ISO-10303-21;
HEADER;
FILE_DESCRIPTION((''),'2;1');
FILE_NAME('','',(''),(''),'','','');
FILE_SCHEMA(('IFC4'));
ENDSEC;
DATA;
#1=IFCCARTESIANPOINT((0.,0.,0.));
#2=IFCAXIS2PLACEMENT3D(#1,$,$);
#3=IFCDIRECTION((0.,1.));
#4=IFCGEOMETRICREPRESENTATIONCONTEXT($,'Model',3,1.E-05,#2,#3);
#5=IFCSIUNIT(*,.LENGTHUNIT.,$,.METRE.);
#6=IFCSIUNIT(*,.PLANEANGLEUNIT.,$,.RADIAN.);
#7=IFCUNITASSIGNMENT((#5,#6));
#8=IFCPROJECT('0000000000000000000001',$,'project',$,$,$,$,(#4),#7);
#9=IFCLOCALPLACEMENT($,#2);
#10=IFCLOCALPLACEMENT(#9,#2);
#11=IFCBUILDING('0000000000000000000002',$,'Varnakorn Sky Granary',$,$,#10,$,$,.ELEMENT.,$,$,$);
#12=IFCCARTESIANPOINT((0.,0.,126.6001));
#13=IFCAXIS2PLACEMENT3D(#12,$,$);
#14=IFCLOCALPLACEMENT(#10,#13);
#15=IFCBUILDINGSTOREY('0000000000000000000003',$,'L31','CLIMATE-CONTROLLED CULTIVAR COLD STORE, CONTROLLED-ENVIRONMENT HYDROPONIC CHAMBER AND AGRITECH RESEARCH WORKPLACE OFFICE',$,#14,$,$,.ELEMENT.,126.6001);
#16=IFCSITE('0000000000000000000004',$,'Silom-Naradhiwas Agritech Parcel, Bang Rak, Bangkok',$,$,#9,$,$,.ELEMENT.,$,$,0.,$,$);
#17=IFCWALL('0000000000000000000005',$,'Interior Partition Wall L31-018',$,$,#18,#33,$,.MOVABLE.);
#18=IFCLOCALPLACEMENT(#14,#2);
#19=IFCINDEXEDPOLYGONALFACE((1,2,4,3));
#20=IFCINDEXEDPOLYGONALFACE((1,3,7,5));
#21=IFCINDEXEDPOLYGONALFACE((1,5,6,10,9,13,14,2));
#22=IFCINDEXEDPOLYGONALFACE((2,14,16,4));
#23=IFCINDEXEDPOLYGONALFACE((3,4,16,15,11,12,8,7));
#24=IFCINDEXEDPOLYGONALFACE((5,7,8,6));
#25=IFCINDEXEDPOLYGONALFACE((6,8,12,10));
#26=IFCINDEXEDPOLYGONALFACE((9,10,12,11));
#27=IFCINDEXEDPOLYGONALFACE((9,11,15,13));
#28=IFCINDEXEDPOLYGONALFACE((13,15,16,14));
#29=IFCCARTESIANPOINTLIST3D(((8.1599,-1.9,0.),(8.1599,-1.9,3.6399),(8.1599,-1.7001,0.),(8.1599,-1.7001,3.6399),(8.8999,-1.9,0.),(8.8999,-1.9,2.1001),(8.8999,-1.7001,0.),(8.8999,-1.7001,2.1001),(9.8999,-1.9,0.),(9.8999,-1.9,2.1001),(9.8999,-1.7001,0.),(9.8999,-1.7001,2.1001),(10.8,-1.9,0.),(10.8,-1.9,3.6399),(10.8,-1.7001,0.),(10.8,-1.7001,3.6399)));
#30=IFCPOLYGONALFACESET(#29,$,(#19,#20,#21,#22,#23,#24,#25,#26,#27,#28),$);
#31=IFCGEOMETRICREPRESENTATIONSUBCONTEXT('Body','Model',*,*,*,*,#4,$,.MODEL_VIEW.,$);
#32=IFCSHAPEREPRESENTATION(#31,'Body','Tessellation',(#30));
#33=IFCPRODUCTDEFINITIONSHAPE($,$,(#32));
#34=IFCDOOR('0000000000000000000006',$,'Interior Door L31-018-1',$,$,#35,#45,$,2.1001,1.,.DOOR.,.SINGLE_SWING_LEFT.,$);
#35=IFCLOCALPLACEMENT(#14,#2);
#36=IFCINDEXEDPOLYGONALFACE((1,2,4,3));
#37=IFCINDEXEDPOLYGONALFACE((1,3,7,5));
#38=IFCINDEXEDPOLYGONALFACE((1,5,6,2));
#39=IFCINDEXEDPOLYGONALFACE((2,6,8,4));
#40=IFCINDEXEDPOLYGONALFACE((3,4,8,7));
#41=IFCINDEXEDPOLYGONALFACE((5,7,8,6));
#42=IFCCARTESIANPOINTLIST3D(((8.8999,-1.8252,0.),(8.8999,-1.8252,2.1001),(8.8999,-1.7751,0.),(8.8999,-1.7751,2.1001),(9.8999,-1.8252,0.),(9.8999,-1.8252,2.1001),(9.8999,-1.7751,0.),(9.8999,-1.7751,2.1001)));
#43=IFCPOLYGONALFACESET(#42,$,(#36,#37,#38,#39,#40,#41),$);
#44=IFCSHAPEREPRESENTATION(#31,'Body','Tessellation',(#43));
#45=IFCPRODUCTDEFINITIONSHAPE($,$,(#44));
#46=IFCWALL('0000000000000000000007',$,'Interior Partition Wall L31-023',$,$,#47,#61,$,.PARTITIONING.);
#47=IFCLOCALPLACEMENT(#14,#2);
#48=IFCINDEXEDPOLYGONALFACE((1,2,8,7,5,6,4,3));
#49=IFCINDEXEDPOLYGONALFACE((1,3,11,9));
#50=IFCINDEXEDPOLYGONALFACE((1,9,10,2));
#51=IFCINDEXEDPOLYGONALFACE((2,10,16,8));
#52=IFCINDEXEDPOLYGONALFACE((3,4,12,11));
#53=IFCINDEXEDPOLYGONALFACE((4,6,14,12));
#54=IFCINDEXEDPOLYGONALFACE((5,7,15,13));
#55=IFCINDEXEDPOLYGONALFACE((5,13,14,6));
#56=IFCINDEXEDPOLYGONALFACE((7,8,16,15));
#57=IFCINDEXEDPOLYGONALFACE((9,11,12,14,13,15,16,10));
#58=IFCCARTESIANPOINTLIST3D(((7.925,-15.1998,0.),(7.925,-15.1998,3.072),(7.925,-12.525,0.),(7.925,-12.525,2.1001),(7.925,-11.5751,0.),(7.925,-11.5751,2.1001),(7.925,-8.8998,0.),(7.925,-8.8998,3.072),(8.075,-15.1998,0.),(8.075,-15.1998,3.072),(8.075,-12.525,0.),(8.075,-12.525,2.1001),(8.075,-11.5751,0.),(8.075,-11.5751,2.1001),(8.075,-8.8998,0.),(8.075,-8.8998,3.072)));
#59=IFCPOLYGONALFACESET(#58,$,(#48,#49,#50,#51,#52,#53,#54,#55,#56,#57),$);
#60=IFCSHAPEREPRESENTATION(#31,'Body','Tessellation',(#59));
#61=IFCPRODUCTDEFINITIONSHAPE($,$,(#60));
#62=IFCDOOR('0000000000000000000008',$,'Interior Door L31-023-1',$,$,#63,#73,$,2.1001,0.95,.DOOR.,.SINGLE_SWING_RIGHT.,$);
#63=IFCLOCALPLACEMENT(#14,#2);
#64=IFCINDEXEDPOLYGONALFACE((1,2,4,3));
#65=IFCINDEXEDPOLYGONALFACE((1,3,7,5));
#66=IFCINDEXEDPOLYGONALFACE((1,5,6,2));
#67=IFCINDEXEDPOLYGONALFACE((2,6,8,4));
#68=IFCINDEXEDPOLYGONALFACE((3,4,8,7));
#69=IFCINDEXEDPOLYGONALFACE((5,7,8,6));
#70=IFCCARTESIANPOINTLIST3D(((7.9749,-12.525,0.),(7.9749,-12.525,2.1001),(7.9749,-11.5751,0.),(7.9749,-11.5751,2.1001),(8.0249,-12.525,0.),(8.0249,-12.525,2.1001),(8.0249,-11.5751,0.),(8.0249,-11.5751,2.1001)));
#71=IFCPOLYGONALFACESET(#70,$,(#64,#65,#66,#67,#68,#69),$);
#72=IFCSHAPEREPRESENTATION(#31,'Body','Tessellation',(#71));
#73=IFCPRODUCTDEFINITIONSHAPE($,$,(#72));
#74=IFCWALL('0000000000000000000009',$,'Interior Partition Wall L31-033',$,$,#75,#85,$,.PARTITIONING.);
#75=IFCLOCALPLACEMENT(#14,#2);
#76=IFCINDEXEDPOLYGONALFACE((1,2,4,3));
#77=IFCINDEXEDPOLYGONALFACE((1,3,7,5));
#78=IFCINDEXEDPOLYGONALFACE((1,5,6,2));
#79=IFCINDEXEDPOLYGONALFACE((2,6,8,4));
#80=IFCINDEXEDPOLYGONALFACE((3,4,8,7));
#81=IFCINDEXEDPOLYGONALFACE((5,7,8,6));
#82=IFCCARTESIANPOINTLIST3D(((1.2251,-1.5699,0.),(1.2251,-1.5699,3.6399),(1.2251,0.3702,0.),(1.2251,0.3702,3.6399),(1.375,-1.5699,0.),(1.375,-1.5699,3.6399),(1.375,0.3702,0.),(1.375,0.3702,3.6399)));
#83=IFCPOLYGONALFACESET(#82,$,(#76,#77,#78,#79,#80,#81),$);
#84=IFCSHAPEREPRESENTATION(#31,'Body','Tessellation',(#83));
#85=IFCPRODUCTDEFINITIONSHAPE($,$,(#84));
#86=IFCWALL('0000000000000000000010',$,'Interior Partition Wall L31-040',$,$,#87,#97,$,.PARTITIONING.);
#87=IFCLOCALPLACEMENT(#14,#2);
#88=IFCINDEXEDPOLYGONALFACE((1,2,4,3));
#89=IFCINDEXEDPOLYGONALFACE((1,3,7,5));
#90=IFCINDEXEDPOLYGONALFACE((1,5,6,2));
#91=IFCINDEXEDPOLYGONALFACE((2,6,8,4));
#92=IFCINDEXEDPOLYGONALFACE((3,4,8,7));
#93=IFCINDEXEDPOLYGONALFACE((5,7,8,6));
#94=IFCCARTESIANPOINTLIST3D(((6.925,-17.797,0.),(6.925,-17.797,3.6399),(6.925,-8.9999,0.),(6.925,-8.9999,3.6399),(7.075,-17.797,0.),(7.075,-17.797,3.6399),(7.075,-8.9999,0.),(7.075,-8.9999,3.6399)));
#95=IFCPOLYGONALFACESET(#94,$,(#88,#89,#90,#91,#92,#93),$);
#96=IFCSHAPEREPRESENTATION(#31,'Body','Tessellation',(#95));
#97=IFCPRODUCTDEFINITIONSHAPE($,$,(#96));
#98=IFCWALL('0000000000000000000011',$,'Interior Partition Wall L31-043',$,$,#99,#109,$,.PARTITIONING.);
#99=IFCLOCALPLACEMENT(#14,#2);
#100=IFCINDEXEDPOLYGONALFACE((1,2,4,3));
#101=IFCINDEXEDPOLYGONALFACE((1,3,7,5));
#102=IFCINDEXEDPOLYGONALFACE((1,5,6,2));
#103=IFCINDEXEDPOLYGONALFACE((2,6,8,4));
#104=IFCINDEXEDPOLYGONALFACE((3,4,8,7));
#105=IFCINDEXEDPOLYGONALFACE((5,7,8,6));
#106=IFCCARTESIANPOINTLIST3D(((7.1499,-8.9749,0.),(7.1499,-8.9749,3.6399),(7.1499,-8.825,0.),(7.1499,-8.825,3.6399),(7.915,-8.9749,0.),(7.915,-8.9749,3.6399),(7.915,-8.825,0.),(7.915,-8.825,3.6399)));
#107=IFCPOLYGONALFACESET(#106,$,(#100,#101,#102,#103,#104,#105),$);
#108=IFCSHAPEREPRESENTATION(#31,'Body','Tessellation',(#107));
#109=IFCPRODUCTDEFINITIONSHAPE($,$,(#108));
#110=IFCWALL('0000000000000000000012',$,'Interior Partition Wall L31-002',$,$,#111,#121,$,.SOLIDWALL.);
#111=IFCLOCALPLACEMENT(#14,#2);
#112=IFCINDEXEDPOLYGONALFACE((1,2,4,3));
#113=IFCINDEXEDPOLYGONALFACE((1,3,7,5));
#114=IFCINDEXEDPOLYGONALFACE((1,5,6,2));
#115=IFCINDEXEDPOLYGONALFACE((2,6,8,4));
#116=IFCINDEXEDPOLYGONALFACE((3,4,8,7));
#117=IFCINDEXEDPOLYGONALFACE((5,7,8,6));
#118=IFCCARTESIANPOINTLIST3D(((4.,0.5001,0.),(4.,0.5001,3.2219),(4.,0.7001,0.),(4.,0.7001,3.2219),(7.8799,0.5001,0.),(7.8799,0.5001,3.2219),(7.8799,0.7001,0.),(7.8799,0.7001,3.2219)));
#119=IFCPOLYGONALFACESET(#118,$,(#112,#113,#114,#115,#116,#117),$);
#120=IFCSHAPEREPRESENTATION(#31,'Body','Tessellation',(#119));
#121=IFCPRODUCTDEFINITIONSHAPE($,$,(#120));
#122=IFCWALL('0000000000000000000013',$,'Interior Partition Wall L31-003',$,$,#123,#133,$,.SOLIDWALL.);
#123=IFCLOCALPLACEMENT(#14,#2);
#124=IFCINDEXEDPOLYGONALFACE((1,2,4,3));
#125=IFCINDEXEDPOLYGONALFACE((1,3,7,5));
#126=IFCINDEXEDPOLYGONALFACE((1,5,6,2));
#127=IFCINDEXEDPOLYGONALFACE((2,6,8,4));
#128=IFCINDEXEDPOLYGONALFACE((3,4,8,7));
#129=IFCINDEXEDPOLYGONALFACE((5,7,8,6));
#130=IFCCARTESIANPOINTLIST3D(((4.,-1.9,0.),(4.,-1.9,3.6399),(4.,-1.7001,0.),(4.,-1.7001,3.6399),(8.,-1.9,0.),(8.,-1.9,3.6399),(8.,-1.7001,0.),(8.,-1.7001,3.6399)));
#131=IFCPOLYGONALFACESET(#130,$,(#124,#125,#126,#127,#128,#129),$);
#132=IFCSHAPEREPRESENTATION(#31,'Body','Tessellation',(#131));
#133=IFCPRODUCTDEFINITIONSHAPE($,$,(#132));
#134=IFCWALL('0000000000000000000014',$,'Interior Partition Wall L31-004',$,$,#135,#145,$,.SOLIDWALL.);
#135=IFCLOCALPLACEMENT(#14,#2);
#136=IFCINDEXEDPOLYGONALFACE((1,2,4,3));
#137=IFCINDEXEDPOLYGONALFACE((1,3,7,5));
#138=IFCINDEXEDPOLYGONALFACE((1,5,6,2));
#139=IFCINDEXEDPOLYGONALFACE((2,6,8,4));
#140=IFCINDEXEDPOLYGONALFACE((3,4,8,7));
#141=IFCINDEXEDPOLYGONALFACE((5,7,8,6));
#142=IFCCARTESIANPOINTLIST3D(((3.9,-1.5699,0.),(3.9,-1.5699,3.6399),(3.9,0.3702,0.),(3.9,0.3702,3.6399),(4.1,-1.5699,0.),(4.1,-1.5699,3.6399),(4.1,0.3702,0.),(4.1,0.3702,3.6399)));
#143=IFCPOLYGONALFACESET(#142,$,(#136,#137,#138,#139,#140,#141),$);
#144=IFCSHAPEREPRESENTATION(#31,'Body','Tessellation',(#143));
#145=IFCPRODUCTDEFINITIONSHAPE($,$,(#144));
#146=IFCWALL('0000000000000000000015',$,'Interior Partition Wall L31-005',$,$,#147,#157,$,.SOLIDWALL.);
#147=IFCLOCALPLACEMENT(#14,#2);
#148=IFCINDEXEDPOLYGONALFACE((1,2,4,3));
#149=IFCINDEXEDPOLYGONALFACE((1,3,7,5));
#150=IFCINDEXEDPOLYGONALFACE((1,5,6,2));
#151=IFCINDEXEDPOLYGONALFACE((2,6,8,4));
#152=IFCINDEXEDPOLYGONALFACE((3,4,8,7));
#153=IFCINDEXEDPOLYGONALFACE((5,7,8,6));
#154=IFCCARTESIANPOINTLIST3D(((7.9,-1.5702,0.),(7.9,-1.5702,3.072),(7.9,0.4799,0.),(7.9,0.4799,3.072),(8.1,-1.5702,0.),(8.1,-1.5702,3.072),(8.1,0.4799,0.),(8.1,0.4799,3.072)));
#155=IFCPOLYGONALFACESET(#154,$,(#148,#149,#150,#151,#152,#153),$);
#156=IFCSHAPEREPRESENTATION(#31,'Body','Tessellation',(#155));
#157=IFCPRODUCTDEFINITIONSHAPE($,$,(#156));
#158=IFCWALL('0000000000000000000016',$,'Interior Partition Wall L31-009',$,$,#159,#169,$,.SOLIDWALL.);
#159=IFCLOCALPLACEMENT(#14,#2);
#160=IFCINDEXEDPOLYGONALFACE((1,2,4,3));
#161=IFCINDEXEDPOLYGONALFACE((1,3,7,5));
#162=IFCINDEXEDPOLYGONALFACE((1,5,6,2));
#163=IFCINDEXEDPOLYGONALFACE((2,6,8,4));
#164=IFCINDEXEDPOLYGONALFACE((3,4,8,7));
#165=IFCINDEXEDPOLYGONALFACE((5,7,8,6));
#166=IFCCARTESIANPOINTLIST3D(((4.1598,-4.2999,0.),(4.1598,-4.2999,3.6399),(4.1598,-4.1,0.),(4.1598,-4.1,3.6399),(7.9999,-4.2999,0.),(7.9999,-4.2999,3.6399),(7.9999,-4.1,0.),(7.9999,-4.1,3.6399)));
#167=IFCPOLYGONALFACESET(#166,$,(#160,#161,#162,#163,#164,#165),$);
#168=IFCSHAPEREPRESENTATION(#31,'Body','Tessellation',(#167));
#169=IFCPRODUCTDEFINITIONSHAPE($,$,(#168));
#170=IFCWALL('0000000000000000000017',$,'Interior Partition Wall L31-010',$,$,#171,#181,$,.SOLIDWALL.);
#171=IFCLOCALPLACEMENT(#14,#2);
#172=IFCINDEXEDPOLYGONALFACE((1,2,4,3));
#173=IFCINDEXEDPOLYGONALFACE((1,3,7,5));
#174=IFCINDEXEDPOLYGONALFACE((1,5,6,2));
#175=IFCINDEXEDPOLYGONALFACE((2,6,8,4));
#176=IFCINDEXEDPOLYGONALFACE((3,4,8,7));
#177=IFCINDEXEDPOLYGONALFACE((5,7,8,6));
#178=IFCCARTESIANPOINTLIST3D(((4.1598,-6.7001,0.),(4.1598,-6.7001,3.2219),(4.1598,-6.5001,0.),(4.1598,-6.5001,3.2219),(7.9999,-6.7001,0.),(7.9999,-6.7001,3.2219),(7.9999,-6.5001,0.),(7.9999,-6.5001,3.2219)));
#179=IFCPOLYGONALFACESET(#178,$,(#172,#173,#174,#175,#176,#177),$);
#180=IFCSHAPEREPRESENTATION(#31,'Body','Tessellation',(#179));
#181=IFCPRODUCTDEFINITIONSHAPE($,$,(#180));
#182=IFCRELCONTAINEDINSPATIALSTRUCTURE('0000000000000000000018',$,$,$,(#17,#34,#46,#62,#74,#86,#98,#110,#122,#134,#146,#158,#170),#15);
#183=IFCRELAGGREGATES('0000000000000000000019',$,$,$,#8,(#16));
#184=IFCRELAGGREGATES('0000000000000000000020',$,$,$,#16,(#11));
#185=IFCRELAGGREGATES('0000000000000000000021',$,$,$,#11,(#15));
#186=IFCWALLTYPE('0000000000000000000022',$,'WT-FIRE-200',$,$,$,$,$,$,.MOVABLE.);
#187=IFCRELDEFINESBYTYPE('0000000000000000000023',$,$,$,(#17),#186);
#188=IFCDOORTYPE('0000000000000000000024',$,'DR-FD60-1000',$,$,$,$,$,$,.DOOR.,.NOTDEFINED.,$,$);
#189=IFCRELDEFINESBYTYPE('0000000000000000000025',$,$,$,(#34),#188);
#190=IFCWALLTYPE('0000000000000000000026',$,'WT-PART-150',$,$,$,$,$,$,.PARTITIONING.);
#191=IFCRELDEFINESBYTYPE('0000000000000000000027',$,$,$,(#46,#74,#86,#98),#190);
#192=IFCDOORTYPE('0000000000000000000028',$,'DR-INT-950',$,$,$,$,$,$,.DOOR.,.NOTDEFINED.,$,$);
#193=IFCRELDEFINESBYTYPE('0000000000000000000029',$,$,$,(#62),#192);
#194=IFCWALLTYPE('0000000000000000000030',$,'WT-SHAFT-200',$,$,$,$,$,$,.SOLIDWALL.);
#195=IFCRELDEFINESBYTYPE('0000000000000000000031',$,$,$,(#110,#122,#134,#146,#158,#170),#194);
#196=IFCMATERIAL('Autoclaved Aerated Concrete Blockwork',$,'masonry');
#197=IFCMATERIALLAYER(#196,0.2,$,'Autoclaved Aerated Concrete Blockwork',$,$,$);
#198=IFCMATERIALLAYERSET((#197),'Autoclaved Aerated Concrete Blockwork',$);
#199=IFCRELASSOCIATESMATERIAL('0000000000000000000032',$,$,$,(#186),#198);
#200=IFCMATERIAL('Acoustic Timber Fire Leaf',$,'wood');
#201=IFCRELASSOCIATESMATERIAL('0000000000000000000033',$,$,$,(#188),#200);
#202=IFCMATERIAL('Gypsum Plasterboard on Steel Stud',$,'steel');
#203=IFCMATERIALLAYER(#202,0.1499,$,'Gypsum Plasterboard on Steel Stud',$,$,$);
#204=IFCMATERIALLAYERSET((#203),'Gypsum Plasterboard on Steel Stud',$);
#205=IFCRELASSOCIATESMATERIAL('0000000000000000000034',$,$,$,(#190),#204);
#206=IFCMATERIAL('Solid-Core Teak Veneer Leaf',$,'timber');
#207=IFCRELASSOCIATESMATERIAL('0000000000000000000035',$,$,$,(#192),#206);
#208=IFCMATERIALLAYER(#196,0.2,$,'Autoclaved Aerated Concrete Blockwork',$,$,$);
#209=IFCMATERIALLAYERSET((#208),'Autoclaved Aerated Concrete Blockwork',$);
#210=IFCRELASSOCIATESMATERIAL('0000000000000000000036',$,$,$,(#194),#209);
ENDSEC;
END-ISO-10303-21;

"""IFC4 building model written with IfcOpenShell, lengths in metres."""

from ifc_helpers import new_model, si_unit, direction, frame, frame_2d, origin, place, context, subcontext, project, spatial, rectangle, extrude, material, layer, layer_set, type_object, element, fill, save


model = new_model("IFC4")

# Units and contexts
model_context = context("Model", 3, precision=1e-05, world=origin(), true_north=direction((0.0, 1.0)))
body_context = subcontext(model_context, "Body", "Model", "MODEL_VIEW")
ifc_project = project(units=[si_unit("LENGTHUNIT", "METRE"), si_unit("PLANEANGLEUNIT", "RADIAN")], contexts=[model_context])

# Site, building, storey
site_placement = place(None, origin())
site = spatial("IfcSite", under=ifc_project, at=site_placement, Name="Silom-Naradhiwas Agritech Parcel, Bang Rak, Bangkok", CompositionType="ELEMENT", RefElevation=0.0)
building_placement = place(site_placement, origin())
building = spatial("IfcBuilding", under=site, at=building_placement, Name="Varnakorn Sky Granary", CompositionType="ELEMENT")
storey_placement = place(building_placement, frame((0.0, 0.0, 126.6001)))
storey = spatial("IfcBuildingStorey", under=building, at=storey_placement, Name="L31", Description="CLIMATE-CONTROLLED CULTIVAR COLD STORE, CONTROLLED-ENVIRONMENT HYDROPONIC CHAMBER AND AGRITECH RESEARCH WORKPLACE OFFICE", CompositionType="ELEMENT", Elevation=126.6001)

# Walls, openings, doors
ifc_material_1 = material(Name="Autoclaved Aerated Concrete Blockwork", Category="masonry")
ifc_layer_1 = layer(ifc_material_1, 0.2, Name="Autoclaved Aerated Concrete Blockwork")
ifc_layer_set_1 = layer_set([ifc_layer_1], Name="Autoclaved Aerated Concrete Blockwork")
wall_type_1 = type_object("IfcWallType", Name="WT-FIRE-200", PredefinedType="MOVABLE", material=ifc_layer_set_1)
ifc_material_2 = material(Name="Acoustic Timber Fire Leaf", Category="wood")
door_type_1 = type_object("IfcDoorType", Name="DR-FD60-1000", OperationType="NOTDEFINED", PredefinedType="DOOR", material=ifc_material_2)
wall_1_placement = place(storey_placement, frame((8.1599, -1.8, 0.0), z_axis=(0.0, 0.0, 1.0), x_axis=(1.0, 0.0, 0.0)))
wall_1 = element("IfcWall", 1, at=wall_1_placement, inside=storey, type_object=wall_type_1, Name="Interior Partition Wall L31-018", PredefinedType="MOVABLE", context=body_context, shape_type="SweptSolid", body=[
    extrude(rectangle(XDim=2.6401, YDim=0.2, at=frame_2d((1.3201, 0.0))), origin(), (0.0, 0.0, 1.0), 3.6399),
])
opening_1_placement = place(wall_1_placement, frame((0.74, 0.0, 0.0)))
opening_1 = element("IfcOpeningElement", 2, at=opening_1_placement, cuts=wall_1, PredefinedType="OPENING", context=body_context, shape_type="SweptSolid", body=[
    extrude(rectangle(XDim=1.0, YDim=2.1001, at=frame_2d((0.5, 1.05))), frame((0.0, 0.1099, 0.0), z_axis=(0.0, -1.0, 0.0), x_axis=(1.0, 0.0, 0.0)), (0.0, 0.0, 1.0), 0.22),
])
door_1_placement = place(opening_1_placement, origin())
door_1 = element("IfcDoor", 3, at=door_1_placement, inside=storey, type_object=door_type_1, Name="Interior Door L31-018-1", OperationType="SINGLE_SWING_LEFT", OverallHeight=2.1001, OverallWidth=1.0, PredefinedType="DOOR", context=body_context, shape_type="SweptSolid", body=[
    extrude(rectangle(XDim=1.0, YDim=2.1001, at=frame_2d((0.5, 1.05))), frame((0.0, 0.0249, 0.0), z_axis=(0.0, -1.0, 0.0), x_axis=(1.0, 0.0, 0.0)), (0.0, 0.0, 1.0), 0.05),
])
fill(opening_1, door_1)
ifc_material_3 = material(Name="Gypsum Plasterboard on Steel Stud", Category="steel")
ifc_layer_2 = layer(ifc_material_3, 0.1499, Name="Gypsum Plasterboard on Steel Stud")
ifc_layer_set_2 = layer_set([ifc_layer_2], Name="Gypsum Plasterboard on Steel Stud")
wall_type_2 = type_object("IfcWallType", Name="WT-PART-150", PredefinedType="PARTITIONING", material=ifc_layer_set_2)
wall_2_placement = place(storey_placement, frame((8.0, -8.8999, 0.0), z_axis=(0.0, 0.0, 1.0), x_axis=(0.0, -1.0, 0.0)))
wall_2 = element("IfcWall", 4, at=wall_2_placement, inside=storey, type_object=wall_type_2, Name="Interior Partition Wall L31-023", PredefinedType="PARTITIONING", context=body_context, shape_type="SweptSolid", body=[
    extrude(rectangle(XDim=6.3, YDim=0.1499, at=frame_2d((3.1499, 0.0))), origin(), (0.0, 0.0, 1.0), 3.072),
])
opening_2_placement = place(wall_2_placement, frame((2.675, 0.0, 0.0)))
opening_2 = element("IfcOpeningElement", 5, at=opening_2_placement, cuts=wall_2, PredefinedType="OPENING", context=body_context, shape_type="SweptSolid", body=[
    extrude(rectangle(XDim=0.95, YDim=2.1001, at=frame_2d((0.4751, 1.05))), frame((0.0, 0.085, 0.0), z_axis=(0.0, -1.0, 0.0), x_axis=(1.0, 0.0, 0.0)), (0.0, 0.0, 1.0), 0.1699),
])
ifc_material_4 = material(Name="Solid-Core Teak Veneer Leaf", Category="timber")
door_type_2 = type_object("IfcDoorType", Name="DR-INT-950", OperationType="NOTDEFINED", PredefinedType="DOOR", material=ifc_material_4)
door_2_placement = place(opening_2_placement, origin())
door_2 = element("IfcDoor", 6, at=door_2_placement, inside=storey, type_object=door_type_2, Name="Interior Door L31-023-1", OperationType="SINGLE_SWING_RIGHT", OverallHeight=2.1001, OverallWidth=0.95, PredefinedType="DOOR", context=body_context, shape_type="SweptSolid", body=[
    extrude(rectangle(XDim=0.95, YDim=2.1001, at=frame_2d((0.4751, 1.05))), frame((0.0, 0.0249, 0.0), z_axis=(0.0, -1.0, 0.0), x_axis=(1.0, 0.0, 0.0)), (0.0, 0.0, 1.0), 0.05),
])
fill(opening_2, door_2)

# Walls
wall_3_placement = place(storey_placement, frame((1.3, -1.5701, 0.0), z_axis=(0.0, 0.0, 1.0), x_axis=(0.0, 1.0, 0.0)))
element("IfcWall", 7, at=wall_3_placement, inside=storey, type_object=wall_type_2, Name="Interior Partition Wall L31-033", PredefinedType="PARTITIONING", context=body_context, shape_type="SweptSolid", body=[
    extrude(rectangle(XDim=1.9402, YDim=0.1499, at=frame_2d((0.9702, 0.0))), origin(), (0.0, 0.0, 1.0), 3.6399),
])
wall_4_placement = place(storey_placement, frame((7.0, -9.0, 0.0), z_axis=(0.0, 0.0, 1.0), x_axis=(0.0, -1.0, 0.0)))
element("IfcWall", 8, at=wall_4_placement, inside=storey, type_object=wall_type_2, Name="Interior Partition Wall L31-040", PredefinedType="PARTITIONING", context=body_context, shape_type="SweptSolid", body=[
    extrude(rectangle(XDim=8.7971, YDim=0.1499, at=frame_2d((4.3984, 0.0))), origin(), (0.0, 0.0, 1.0), 3.6399),
])
wall_5_placement = place(storey_placement, frame((7.1499, -8.8999, 0.0), z_axis=(0.0, 0.0, 1.0), x_axis=(1.0, 0.0, 0.0)))
element("IfcWall", 9, at=wall_5_placement, inside=storey, type_object=wall_type_2, Name="Interior Partition Wall L31-043", PredefinedType="PARTITIONING", context=body_context, shape_type="SweptSolid", body=[
    extrude(rectangle(XDim=0.7651, YDim=0.1499, at=frame_2d((0.3826, 0.0))), origin(), (0.0, 0.0, 1.0), 3.6399),
])
ifc_layer_3 = layer(ifc_material_1, 0.2, Name="Autoclaved Aerated Concrete Blockwork")
ifc_layer_set_3 = layer_set([ifc_layer_3], Name="Autoclaved Aerated Concrete Blockwork")
wall_type_3 = type_object("IfcWallType", Name="WT-SHAFT-200", PredefinedType="SOLIDWALL", material=ifc_layer_set_3)
wall_6_placement = place(storey_placement, frame((4.0, 0.6001, 0.0), z_axis=(0.0, 0.0, 1.0), x_axis=(1.0, 0.0, 0.0)))
element("IfcWall", 10, at=wall_6_placement, inside=storey, type_object=wall_type_3, Name="Interior Partition Wall L31-002", PredefinedType="SOLIDWALL", context=body_context, shape_type="SweptSolid", body=[
    extrude(rectangle(XDim=3.8799, YDim=0.2, at=frame_2d((1.9399, 0.0))), origin(), (0.0, 0.0, 1.0), 3.2219),
])
wall_7_placement = place(storey_placement, frame((4.0, -1.8, 0.0), z_axis=(0.0, 0.0, 1.0), x_axis=(1.0, 0.0, 0.0)))
element("IfcWall", 11, at=wall_7_placement, inside=storey, type_object=wall_type_3, Name="Interior Partition Wall L31-003", PredefinedType="SOLIDWALL", context=body_context, shape_type="SweptSolid", body=[
    extrude(rectangle(XDim=4.0, YDim=0.2, at=frame_2d((2.0, 0.0))), origin(), (0.0, 0.0, 1.0), 3.6399),
])
wall_8_placement = place(storey_placement, frame((4.0, -1.5701, 0.0), z_axis=(0.0, 0.0, 1.0), x_axis=(0.0, 1.0, 0.0)))
element("IfcWall", 12, at=wall_8_placement, inside=storey, type_object=wall_type_3, Name="Interior Partition Wall L31-004", PredefinedType="SOLIDWALL", context=body_context, shape_type="SweptSolid", body=[
    extrude(rectangle(XDim=1.9402, YDim=0.2, at=frame_2d((0.9702, 0.0))), origin(), (0.0, 0.0, 1.0), 3.6399),
])
wall_9_placement = place(storey_placement, frame((8.0, -1.5701, 0.0), z_axis=(0.0, 0.0, 1.0), x_axis=(0.0, 1.0, 0.0)))
element("IfcWall", 13, at=wall_9_placement, inside=storey, type_object=wall_type_3, Name="Interior Partition Wall L31-005", PredefinedType="SOLIDWALL", context=body_context, shape_type="SweptSolid", body=[
    extrude(rectangle(XDim=2.05, YDim=0.2, at=frame_2d((1.0249, 0.0))), origin(), (0.0, 0.0, 1.0), 3.072),
])
wall_10_placement = place(storey_placement, frame((4.1599, -4.2, 0.0), z_axis=(0.0, 0.0, 1.0), x_axis=(1.0, 0.0, 0.0)))
element("IfcWall", 14, at=wall_10_placement, inside=storey, type_object=wall_type_3, Name="Interior Partition Wall L31-009", PredefinedType="SOLIDWALL", context=body_context, shape_type="SweptSolid", body=[
    extrude(rectangle(XDim=3.8401, YDim=0.2, at=frame_2d((1.9199, 0.0))), origin(), (0.0, 0.0, 1.0), 3.6399),
])
wall_11_placement = place(storey_placement, frame((4.1599, -6.6001, 0.0), z_axis=(0.0, 0.0, 1.0), x_axis=(1.0, 0.0, 0.0)))
element("IfcWall", 15, at=wall_11_placement, inside=storey, type_object=wall_type_3, Name="Interior Partition Wall L31-010", PredefinedType="SOLIDWALL", context=body_context, shape_type="SweptSolid", body=[
    extrude(rectangle(XDim=3.8401, YDim=0.2, at=frame_2d((1.9199, 0.0))), origin(), (0.0, 0.0, 1.0), 3.2219),
])

save(model, "model.ifc")
